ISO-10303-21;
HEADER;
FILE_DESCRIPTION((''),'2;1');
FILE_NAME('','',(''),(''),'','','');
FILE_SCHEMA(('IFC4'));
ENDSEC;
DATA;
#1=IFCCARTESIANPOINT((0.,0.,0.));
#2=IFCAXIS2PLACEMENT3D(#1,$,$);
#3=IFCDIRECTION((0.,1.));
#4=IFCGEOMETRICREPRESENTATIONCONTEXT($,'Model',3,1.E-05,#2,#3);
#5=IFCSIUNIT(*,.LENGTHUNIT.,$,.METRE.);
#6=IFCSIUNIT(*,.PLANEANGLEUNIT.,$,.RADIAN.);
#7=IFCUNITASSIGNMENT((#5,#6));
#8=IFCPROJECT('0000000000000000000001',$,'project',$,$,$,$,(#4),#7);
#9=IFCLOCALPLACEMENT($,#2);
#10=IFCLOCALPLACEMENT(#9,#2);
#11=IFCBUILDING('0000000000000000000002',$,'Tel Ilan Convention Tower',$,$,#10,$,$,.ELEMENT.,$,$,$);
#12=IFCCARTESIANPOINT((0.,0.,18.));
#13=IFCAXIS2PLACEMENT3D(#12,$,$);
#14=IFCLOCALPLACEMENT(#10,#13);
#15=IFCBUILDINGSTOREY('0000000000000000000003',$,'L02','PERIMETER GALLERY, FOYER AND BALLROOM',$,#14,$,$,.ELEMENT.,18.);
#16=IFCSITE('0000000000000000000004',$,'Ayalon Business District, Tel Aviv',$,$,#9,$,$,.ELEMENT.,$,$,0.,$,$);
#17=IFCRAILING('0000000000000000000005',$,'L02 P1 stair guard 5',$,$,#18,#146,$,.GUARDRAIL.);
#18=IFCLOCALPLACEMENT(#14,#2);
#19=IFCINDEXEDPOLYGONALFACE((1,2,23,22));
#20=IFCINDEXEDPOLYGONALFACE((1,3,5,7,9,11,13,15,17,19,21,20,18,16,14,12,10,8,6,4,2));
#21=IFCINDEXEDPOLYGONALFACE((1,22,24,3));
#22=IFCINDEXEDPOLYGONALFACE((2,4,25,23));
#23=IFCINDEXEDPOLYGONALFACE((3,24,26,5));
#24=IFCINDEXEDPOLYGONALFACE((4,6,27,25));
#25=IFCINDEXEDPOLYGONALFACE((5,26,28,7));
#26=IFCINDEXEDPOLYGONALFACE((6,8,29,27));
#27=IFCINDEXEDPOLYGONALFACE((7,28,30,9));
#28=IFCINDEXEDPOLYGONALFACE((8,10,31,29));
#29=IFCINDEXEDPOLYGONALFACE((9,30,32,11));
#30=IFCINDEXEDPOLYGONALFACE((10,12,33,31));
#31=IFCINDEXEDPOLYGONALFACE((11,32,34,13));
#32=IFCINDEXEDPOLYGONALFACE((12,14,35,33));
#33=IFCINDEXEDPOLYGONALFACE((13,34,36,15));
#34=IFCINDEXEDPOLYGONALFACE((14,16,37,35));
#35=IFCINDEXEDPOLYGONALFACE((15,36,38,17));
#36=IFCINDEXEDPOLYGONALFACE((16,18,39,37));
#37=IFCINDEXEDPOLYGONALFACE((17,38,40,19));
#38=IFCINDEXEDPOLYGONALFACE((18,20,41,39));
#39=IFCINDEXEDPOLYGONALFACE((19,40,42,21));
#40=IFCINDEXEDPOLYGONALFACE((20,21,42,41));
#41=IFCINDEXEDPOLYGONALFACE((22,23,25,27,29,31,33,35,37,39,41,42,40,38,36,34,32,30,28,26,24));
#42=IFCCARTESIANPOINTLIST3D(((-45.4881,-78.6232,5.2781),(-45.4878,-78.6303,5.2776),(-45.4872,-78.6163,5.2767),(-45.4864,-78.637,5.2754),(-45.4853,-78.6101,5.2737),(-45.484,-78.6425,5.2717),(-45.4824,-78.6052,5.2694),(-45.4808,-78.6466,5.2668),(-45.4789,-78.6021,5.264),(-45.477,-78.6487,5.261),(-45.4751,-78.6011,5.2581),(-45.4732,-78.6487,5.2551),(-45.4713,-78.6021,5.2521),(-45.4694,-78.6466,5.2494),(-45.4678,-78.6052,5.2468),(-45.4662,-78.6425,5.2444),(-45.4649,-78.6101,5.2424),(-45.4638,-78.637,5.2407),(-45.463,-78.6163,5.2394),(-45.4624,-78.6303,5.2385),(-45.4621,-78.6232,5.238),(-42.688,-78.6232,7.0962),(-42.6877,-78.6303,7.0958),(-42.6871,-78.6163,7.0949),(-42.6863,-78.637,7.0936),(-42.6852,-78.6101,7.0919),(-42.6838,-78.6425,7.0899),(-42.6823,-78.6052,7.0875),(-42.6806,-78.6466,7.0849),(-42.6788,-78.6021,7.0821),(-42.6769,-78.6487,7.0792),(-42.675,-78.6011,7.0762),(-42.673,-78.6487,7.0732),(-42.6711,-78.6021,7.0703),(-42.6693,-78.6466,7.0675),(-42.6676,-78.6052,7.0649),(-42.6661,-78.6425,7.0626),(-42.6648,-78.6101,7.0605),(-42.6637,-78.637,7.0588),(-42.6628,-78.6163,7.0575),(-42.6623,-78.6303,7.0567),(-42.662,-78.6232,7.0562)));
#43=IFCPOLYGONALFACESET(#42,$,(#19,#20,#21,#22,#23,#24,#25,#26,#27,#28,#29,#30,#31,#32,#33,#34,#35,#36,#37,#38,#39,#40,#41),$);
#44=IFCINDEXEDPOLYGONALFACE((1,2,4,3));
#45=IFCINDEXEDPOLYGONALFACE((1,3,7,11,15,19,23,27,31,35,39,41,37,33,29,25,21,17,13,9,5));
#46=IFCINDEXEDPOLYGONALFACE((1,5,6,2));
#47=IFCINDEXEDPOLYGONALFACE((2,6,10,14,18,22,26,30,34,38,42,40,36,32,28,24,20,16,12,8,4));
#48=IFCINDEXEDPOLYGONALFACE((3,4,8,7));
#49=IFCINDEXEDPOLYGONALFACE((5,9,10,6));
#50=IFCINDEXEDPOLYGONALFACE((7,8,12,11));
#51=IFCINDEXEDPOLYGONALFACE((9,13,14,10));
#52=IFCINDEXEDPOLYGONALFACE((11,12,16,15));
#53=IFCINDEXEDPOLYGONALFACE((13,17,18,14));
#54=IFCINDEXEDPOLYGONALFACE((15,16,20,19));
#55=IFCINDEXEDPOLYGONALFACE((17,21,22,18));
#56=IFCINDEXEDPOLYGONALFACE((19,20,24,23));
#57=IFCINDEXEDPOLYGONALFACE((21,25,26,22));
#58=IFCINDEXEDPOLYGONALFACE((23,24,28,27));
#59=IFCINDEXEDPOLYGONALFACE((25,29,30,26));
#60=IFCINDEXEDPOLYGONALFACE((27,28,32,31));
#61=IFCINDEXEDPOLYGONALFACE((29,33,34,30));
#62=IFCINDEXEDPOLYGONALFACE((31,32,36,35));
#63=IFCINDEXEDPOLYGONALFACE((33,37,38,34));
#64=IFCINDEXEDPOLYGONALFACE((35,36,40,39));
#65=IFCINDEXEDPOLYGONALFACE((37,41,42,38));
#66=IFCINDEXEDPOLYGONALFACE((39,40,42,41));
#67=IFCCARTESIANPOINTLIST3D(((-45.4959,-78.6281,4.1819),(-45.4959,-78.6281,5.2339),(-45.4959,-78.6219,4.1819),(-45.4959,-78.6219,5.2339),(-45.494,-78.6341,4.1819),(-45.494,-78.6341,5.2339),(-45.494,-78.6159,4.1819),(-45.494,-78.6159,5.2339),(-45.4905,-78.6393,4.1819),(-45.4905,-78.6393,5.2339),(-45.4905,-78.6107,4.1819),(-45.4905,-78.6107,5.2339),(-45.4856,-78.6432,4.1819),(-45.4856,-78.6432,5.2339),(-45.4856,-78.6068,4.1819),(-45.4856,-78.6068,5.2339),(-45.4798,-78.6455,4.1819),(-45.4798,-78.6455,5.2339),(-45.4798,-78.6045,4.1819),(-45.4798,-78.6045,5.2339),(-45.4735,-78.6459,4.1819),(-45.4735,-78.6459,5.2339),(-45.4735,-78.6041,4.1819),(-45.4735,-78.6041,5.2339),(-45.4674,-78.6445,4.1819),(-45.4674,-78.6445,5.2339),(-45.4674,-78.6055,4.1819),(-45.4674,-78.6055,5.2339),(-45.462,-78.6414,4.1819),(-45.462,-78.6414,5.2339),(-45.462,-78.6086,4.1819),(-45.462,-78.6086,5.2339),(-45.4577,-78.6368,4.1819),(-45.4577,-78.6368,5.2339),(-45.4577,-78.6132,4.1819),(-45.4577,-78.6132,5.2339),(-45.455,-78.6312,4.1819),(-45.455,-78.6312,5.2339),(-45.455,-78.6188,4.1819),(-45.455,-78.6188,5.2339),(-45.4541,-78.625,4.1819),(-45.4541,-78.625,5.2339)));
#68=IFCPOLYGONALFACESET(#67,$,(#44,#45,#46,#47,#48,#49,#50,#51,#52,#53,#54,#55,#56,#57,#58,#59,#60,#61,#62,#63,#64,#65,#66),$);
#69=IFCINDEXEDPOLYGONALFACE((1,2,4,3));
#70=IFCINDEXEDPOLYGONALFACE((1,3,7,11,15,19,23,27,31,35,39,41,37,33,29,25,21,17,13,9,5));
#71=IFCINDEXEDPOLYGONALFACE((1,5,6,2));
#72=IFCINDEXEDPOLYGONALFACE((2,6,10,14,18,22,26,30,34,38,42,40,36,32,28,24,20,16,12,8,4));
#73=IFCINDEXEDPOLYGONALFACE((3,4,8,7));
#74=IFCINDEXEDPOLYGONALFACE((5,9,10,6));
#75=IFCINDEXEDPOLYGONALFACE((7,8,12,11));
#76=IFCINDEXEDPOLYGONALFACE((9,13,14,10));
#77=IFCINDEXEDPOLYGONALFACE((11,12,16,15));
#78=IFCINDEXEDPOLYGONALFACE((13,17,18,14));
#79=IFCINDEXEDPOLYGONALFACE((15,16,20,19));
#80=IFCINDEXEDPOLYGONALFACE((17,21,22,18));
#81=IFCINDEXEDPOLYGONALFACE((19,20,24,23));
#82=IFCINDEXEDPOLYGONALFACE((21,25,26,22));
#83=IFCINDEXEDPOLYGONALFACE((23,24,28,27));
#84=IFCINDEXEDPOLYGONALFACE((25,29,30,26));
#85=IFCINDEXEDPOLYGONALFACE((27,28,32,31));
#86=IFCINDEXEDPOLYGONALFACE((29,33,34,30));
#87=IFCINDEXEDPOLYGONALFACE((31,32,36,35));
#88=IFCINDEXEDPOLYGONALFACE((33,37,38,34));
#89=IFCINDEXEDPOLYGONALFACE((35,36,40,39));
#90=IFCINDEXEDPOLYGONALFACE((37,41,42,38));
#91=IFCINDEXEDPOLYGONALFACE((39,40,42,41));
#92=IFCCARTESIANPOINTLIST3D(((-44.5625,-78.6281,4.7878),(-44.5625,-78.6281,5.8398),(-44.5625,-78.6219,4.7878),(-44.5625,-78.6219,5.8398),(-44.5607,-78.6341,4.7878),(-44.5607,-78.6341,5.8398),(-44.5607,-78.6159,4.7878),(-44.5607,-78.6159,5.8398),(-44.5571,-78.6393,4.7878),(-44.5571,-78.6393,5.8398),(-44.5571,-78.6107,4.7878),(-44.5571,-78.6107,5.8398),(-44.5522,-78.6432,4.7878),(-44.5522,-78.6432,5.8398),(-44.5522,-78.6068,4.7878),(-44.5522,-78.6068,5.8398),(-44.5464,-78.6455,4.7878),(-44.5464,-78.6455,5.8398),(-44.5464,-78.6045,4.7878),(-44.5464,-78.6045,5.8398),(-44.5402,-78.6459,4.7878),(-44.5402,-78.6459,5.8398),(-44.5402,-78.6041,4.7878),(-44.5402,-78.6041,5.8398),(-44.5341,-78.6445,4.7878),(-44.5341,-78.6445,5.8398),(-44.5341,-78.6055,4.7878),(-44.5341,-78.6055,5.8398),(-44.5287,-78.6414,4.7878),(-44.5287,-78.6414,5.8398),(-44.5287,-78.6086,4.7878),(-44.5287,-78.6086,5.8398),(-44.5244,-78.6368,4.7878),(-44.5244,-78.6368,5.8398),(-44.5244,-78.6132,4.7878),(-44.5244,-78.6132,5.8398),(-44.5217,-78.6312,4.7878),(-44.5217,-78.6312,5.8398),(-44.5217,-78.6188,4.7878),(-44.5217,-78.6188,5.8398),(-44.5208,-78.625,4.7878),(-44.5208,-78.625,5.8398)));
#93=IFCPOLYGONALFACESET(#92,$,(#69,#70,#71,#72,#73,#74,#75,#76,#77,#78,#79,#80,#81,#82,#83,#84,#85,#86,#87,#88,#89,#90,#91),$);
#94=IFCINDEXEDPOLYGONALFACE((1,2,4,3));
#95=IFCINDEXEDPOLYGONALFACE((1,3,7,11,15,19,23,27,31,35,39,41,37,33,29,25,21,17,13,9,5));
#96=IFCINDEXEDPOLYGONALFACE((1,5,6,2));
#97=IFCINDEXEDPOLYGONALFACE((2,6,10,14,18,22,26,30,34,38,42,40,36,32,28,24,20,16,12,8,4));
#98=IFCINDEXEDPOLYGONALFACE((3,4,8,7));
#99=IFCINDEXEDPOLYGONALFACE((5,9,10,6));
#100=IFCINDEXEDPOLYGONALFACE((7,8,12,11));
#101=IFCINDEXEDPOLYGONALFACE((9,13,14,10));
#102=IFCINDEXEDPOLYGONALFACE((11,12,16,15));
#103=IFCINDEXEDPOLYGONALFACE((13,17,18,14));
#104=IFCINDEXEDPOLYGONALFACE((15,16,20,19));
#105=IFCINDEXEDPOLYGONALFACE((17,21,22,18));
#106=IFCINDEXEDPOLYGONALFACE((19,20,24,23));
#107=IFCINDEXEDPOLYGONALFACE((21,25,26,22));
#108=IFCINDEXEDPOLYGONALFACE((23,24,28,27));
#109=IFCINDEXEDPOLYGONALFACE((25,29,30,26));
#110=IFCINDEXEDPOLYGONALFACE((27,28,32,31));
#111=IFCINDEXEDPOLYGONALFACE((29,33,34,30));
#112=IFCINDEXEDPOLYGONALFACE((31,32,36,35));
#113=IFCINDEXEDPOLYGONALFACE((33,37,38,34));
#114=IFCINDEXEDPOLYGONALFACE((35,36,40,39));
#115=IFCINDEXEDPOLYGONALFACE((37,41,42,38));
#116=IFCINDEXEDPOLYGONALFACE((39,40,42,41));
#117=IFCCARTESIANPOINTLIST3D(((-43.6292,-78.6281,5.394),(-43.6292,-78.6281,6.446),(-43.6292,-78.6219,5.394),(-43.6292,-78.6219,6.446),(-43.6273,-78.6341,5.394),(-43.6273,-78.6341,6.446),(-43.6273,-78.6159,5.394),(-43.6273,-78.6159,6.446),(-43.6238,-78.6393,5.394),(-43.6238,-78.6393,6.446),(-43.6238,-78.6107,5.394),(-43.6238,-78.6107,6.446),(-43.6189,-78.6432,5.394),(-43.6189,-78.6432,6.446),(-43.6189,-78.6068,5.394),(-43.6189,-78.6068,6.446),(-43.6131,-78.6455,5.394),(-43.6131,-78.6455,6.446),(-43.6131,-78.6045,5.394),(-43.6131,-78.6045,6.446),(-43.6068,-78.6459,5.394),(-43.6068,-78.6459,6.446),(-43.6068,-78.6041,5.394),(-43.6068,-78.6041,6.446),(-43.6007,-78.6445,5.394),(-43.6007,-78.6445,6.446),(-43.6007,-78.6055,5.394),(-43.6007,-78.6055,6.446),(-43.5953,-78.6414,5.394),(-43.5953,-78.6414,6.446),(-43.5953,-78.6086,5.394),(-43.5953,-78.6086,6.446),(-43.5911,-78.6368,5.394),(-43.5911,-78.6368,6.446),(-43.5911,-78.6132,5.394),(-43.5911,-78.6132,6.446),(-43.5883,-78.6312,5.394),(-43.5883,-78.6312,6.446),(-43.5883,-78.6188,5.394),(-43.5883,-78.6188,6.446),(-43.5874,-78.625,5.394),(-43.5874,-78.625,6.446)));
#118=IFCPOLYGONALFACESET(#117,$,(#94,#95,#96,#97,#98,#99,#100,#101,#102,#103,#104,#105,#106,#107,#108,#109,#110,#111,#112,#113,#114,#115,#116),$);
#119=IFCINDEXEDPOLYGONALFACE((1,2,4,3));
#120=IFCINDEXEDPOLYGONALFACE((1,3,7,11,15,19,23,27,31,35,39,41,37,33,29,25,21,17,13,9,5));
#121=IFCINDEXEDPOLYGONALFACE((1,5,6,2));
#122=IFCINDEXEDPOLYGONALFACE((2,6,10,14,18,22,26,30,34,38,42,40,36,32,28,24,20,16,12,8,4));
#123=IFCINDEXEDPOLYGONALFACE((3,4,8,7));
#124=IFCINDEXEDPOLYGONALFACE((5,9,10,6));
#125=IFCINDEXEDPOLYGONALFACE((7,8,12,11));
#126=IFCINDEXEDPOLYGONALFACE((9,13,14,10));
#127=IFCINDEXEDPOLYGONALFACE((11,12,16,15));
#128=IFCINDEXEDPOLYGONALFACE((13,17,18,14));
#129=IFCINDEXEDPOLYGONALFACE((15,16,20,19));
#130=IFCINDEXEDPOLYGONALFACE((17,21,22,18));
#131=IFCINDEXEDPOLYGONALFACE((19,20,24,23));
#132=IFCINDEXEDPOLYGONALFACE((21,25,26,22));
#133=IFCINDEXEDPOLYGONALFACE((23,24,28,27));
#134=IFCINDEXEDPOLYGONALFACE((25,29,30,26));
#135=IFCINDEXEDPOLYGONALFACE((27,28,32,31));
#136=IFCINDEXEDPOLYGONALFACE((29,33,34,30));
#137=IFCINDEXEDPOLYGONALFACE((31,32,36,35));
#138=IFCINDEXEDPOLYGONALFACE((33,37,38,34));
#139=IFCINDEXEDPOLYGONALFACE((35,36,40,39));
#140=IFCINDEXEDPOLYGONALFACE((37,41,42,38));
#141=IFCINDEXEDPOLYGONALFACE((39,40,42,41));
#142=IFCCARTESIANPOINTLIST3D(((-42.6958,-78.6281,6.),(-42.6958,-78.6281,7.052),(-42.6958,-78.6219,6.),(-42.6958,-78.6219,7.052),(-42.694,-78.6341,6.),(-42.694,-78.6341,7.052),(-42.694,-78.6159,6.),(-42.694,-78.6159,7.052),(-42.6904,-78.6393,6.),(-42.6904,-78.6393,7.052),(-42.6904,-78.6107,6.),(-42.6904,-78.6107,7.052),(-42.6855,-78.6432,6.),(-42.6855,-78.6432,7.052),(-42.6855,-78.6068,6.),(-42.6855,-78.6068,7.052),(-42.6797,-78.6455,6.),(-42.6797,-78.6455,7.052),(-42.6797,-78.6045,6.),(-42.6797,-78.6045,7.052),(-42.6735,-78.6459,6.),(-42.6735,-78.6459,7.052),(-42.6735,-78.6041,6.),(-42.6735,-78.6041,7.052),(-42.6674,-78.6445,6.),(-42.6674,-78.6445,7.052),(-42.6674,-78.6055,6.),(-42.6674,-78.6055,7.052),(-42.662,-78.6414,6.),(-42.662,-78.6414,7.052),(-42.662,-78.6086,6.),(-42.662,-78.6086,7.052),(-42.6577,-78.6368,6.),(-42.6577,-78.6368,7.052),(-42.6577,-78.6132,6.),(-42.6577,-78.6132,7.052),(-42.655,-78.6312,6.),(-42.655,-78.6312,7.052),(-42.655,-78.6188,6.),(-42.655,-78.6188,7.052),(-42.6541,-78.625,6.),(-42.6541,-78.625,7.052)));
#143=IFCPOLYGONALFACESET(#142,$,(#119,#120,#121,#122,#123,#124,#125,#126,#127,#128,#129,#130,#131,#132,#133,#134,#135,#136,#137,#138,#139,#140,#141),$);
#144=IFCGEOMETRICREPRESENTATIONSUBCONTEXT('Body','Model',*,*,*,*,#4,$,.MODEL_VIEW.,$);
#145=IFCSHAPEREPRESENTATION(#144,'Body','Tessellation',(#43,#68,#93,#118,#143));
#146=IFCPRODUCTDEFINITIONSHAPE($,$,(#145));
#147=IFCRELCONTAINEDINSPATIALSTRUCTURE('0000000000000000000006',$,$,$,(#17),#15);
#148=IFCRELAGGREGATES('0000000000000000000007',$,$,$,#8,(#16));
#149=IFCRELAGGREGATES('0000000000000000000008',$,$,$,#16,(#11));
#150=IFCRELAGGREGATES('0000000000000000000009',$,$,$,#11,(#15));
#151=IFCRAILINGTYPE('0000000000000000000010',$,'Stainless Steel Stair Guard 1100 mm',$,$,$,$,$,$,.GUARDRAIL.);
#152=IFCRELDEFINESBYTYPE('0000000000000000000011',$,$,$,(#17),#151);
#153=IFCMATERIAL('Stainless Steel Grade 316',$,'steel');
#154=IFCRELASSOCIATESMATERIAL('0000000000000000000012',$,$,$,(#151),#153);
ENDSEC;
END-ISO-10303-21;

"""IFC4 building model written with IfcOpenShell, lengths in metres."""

from ifc_helpers import new_model, si_unit, direction, frame, origin, origin_2d, place, context, subcontext, project, spatial, circle, extrude, material, type_object, element, save


model = new_model("IFC4")

# Units and contexts
model_context = context("Model", 3, precision=1e-05, world=origin(), true_north=direction((0.0, 1.0)))
body_context = subcontext(model_context, "Body", "Model", "MODEL_VIEW")
ifc_project = project(units=[si_unit("LENGTHUNIT", "METRE"), si_unit("PLANEANGLEUNIT", "RADIAN")], contexts=[model_context])

# Site, building, storey
site_placement = place(None, origin())
site = spatial("IfcSite", under=ifc_project, at=site_placement, Name="Ayalon Business District, Tel Aviv", CompositionType="ELEMENT", RefElevation=0.0)
building_placement = place(site_placement, origin())
building = spatial("IfcBuilding", under=site, at=building_placement, Name="Tel Ilan Convention Tower", CompositionType="ELEMENT")
storey_placement = place(building_placement, frame((0.0, 0.0, 18.0)))
storey = spatial("IfcBuildingStorey", under=building, at=storey_placement, Name="L02", Description="PERIMETER GALLERY, FOYER AND BALLROOM", CompositionType="ELEMENT", Elevation=18.0)

# Railing
ifc_material_1 = material(Name="Stainless Steel Grade 316", Category="steel")
railing_type_1 = type_object("IfcRailingType", Name="Stainless Steel Stair Guard 1100 mm", PredefinedType="GUARDRAIL", material=ifc_material_1)
for number, where, name in (
    (1, (-45.4751, -78.625, 4.1819), "L02 P1 stair guard 5"),
):
    element("IfcRailing", number, at=place(storey_placement, frame(where)), inside=storey, type_object=railing_type_1, Name=name, PredefinedType="GUARDRAIL", context=body_context, shape_type="SweptSolid", body=[
        extrude(circle(Radius=0.0239, at=origin_2d()), frame((0.0, 0.0, 1.0762), z_axis=(0.838706, 0.0, 0.544585), x_axis=(0.0, 1.0, 0.0)), (0.0, 0.0, 1.0), 3.3386),
        extrude(circle(Radius=0.021, at=origin_2d()), origin(), (0.0, 0.0, 1.0), 1.052),
        extrude(circle(Radius=0.021, at=origin_2d()), frame((0.9333, 0.0, 0.606)), (0.0, 0.0, 1.0), 1.052),
        extrude(circle(Radius=0.021, at=origin_2d()), frame((1.8667, 0.0, 1.2122)), (0.0, 0.0, 1.0), 1.052),
        extrude(circle(Radius=0.021, at=origin_2d()), frame((2.8, 0.0, 1.8181)), (0.0, 0.0, 1.0), 1.052),
    ])

save(model, "model.ifc")
